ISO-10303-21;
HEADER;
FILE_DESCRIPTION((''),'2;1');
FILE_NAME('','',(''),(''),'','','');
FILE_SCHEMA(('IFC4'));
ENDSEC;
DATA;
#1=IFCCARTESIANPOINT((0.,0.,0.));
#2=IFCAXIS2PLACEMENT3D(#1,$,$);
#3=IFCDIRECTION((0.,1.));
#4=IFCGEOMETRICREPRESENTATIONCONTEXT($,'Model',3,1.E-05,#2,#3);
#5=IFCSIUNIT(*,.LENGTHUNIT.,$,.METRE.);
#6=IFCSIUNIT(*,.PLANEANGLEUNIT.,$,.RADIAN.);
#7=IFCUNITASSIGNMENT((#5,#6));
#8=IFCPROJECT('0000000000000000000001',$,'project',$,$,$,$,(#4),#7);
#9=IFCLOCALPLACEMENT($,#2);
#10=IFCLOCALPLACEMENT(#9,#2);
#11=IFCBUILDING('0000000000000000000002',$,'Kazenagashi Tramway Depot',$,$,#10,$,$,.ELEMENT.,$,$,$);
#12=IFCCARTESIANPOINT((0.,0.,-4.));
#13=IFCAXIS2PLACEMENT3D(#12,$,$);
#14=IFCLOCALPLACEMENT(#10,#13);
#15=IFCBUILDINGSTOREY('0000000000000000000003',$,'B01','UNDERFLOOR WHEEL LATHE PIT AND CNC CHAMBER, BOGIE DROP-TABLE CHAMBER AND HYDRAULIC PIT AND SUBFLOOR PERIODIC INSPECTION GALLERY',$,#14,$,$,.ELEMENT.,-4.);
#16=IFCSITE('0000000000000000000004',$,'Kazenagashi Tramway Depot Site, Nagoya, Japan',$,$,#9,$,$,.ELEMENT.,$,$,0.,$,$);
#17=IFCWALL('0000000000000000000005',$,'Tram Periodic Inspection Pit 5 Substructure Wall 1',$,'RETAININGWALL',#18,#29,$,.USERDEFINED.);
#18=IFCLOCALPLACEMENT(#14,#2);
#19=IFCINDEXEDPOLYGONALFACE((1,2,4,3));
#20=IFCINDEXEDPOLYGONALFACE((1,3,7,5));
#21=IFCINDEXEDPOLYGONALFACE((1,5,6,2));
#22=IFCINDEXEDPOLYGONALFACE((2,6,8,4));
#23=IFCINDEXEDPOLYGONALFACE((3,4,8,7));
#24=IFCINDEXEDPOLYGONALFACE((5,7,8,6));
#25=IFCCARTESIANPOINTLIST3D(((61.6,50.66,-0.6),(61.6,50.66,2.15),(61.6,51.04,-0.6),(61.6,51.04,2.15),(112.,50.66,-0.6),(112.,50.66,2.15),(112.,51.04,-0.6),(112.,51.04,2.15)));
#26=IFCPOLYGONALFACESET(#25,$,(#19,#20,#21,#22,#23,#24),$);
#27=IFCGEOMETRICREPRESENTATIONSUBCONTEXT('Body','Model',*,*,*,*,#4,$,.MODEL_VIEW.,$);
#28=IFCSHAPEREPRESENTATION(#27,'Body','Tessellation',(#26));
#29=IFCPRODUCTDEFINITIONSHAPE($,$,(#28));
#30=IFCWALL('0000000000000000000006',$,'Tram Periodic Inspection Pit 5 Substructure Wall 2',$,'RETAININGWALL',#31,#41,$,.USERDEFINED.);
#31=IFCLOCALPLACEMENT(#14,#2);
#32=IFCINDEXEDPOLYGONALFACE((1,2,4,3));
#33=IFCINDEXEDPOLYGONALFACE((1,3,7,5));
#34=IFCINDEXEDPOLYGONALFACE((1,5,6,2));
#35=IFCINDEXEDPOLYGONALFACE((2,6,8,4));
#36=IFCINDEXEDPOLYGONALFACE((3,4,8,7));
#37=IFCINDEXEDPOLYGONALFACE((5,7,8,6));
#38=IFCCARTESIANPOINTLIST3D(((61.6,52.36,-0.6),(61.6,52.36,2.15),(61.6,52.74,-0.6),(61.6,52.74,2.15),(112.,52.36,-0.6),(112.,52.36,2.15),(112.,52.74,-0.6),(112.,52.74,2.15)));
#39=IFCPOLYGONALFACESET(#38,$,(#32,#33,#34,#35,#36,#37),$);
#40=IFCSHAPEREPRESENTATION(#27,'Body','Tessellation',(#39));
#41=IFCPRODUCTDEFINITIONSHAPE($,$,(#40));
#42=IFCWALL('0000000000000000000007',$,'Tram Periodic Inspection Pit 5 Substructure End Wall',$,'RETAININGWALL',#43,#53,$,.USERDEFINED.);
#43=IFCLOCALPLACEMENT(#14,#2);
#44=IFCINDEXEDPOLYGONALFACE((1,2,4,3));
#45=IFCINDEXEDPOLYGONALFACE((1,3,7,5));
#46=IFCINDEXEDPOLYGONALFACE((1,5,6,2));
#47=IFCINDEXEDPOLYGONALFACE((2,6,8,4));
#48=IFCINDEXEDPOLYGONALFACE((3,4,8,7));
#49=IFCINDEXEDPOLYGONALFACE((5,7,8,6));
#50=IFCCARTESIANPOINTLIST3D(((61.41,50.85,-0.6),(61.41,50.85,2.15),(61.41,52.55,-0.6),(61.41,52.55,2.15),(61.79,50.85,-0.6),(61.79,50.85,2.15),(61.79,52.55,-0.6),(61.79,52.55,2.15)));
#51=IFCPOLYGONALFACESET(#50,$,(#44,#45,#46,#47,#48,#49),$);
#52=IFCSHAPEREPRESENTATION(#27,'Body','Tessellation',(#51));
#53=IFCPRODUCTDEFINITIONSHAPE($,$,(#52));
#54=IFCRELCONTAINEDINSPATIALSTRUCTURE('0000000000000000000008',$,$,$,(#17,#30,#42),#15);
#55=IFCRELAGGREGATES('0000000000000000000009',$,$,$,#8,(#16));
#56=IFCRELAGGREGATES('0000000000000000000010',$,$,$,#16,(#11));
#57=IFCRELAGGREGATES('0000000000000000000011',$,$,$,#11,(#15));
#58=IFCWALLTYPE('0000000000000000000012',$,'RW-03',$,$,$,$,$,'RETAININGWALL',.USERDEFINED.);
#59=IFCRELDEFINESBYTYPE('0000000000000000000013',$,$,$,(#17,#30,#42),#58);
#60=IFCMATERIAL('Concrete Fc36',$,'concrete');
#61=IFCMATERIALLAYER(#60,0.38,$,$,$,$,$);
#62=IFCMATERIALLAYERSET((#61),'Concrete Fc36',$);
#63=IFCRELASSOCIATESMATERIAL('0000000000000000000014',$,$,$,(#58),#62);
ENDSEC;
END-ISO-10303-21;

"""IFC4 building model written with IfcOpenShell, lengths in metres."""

from ifc_helpers import new_model, si_unit, direction, frame, frame_2d, origin, place, context, subcontext, project, spatial, rectangle, extrude, material, layer, layer_set, type_object, element, save


model = new_model("IFC4")

# Units and contexts
model_context = context("Model", 3, precision=1e-05, world=origin(), true_north=direction((0.0, 1.0)))
body_context = subcontext(model_context, "Body", "Model", "MODEL_VIEW")
ifc_project = project(units=[si_unit("LENGTHUNIT", "METRE"), si_unit("PLANEANGLEUNIT", "RADIAN")], contexts=[model_context])

# Site, building, storey
site_placement = place(None, origin())
site = spatial("IfcSite", under=ifc_project, at=site_placement, Name="Kazenagashi Tramway Depot Site, Nagoya, Japan", CompositionType="ELEMENT", RefElevation=0.0)
building_placement = place(site_placement, origin())
building = spatial("IfcBuilding", under=site, at=building_placement, Name="Kazenagashi Tramway Depot", CompositionType="ELEMENT")
storey_placement = place(building_placement, frame((0.0, 0.0, -4.0)))
storey = spatial("IfcBuildingStorey", under=building, at=storey_placement, Name="B01", Description="UNDERFLOOR WHEEL LATHE PIT AND CNC CHAMBER, BOGIE DROP-TABLE CHAMBER AND HYDRAULIC PIT AND SUBFLOOR PERIODIC INSPECTION GALLERY", CompositionType="ELEMENT", Elevation=-4.0)

# Shared definitions
ifc_material_1 = material(Name="Concrete Fc36", Category="concrete")

# Walls
ifc_layer = layer(ifc_material_1, 0.38)
ifc_layer_set = layer_set([ifc_layer], Name="Concrete Fc36")
wall_type = type_object("IfcWallType", Name="RW-03", ElementType="RETAININGWALL", PredefinedType="USERDEFINED", material=ifc_layer_set)
for number, where, z_axis, x_axis, name in (
    (1, (61.6, 50.85, -0.6), (0.0, 0.0, 1.0), (1.0, 0.0, 0.0), "Tram Periodic Inspection Pit 5 Substructure Wall 1"),
    (2, (61.6, 52.55, -0.6), (0.0, 0.0, 1.0), (1.0, 0.0, 0.0), "Tram Periodic Inspection Pit 5 Substructure Wall 2"),
):
    element("IfcWall", number, at=place(storey_placement, frame(where, z_axis=z_axis, x_axis=x_axis)), inside=storey, type_object=wall_type, Name=name, ObjectType="RETAININGWALL", PredefinedType="USERDEFINED", context=body_context, shape_type="SweptSolid", body=[
        extrude(rectangle(XDim=50.4, YDim=0.38, at=frame_2d((25.2, 0.0))), origin(), (0.0, 0.0, 1.0), 2.75),
    ])
wall_placement = place(storey_placement, frame((61.6, 50.85, -0.6), z_axis=(0.0, 0.0, 1.0), x_axis=(0.0, 1.0, 0.0)))
element("IfcWall", 3, at=wall_placement, inside=storey, type_object=wall_type, Name="Tram Periodic Inspection Pit 5 Substructure End Wall", ObjectType="RETAININGWALL", PredefinedType="USERDEFINED", context=body_context, shape_type="SweptSolid", body=[
    extrude(rectangle(XDim=1.7, YDim=0.38, at=frame_2d((0.85, 0.0))), origin(), (0.0, 0.0, 1.0), 2.75),
])

save(model, "model.ifc")
